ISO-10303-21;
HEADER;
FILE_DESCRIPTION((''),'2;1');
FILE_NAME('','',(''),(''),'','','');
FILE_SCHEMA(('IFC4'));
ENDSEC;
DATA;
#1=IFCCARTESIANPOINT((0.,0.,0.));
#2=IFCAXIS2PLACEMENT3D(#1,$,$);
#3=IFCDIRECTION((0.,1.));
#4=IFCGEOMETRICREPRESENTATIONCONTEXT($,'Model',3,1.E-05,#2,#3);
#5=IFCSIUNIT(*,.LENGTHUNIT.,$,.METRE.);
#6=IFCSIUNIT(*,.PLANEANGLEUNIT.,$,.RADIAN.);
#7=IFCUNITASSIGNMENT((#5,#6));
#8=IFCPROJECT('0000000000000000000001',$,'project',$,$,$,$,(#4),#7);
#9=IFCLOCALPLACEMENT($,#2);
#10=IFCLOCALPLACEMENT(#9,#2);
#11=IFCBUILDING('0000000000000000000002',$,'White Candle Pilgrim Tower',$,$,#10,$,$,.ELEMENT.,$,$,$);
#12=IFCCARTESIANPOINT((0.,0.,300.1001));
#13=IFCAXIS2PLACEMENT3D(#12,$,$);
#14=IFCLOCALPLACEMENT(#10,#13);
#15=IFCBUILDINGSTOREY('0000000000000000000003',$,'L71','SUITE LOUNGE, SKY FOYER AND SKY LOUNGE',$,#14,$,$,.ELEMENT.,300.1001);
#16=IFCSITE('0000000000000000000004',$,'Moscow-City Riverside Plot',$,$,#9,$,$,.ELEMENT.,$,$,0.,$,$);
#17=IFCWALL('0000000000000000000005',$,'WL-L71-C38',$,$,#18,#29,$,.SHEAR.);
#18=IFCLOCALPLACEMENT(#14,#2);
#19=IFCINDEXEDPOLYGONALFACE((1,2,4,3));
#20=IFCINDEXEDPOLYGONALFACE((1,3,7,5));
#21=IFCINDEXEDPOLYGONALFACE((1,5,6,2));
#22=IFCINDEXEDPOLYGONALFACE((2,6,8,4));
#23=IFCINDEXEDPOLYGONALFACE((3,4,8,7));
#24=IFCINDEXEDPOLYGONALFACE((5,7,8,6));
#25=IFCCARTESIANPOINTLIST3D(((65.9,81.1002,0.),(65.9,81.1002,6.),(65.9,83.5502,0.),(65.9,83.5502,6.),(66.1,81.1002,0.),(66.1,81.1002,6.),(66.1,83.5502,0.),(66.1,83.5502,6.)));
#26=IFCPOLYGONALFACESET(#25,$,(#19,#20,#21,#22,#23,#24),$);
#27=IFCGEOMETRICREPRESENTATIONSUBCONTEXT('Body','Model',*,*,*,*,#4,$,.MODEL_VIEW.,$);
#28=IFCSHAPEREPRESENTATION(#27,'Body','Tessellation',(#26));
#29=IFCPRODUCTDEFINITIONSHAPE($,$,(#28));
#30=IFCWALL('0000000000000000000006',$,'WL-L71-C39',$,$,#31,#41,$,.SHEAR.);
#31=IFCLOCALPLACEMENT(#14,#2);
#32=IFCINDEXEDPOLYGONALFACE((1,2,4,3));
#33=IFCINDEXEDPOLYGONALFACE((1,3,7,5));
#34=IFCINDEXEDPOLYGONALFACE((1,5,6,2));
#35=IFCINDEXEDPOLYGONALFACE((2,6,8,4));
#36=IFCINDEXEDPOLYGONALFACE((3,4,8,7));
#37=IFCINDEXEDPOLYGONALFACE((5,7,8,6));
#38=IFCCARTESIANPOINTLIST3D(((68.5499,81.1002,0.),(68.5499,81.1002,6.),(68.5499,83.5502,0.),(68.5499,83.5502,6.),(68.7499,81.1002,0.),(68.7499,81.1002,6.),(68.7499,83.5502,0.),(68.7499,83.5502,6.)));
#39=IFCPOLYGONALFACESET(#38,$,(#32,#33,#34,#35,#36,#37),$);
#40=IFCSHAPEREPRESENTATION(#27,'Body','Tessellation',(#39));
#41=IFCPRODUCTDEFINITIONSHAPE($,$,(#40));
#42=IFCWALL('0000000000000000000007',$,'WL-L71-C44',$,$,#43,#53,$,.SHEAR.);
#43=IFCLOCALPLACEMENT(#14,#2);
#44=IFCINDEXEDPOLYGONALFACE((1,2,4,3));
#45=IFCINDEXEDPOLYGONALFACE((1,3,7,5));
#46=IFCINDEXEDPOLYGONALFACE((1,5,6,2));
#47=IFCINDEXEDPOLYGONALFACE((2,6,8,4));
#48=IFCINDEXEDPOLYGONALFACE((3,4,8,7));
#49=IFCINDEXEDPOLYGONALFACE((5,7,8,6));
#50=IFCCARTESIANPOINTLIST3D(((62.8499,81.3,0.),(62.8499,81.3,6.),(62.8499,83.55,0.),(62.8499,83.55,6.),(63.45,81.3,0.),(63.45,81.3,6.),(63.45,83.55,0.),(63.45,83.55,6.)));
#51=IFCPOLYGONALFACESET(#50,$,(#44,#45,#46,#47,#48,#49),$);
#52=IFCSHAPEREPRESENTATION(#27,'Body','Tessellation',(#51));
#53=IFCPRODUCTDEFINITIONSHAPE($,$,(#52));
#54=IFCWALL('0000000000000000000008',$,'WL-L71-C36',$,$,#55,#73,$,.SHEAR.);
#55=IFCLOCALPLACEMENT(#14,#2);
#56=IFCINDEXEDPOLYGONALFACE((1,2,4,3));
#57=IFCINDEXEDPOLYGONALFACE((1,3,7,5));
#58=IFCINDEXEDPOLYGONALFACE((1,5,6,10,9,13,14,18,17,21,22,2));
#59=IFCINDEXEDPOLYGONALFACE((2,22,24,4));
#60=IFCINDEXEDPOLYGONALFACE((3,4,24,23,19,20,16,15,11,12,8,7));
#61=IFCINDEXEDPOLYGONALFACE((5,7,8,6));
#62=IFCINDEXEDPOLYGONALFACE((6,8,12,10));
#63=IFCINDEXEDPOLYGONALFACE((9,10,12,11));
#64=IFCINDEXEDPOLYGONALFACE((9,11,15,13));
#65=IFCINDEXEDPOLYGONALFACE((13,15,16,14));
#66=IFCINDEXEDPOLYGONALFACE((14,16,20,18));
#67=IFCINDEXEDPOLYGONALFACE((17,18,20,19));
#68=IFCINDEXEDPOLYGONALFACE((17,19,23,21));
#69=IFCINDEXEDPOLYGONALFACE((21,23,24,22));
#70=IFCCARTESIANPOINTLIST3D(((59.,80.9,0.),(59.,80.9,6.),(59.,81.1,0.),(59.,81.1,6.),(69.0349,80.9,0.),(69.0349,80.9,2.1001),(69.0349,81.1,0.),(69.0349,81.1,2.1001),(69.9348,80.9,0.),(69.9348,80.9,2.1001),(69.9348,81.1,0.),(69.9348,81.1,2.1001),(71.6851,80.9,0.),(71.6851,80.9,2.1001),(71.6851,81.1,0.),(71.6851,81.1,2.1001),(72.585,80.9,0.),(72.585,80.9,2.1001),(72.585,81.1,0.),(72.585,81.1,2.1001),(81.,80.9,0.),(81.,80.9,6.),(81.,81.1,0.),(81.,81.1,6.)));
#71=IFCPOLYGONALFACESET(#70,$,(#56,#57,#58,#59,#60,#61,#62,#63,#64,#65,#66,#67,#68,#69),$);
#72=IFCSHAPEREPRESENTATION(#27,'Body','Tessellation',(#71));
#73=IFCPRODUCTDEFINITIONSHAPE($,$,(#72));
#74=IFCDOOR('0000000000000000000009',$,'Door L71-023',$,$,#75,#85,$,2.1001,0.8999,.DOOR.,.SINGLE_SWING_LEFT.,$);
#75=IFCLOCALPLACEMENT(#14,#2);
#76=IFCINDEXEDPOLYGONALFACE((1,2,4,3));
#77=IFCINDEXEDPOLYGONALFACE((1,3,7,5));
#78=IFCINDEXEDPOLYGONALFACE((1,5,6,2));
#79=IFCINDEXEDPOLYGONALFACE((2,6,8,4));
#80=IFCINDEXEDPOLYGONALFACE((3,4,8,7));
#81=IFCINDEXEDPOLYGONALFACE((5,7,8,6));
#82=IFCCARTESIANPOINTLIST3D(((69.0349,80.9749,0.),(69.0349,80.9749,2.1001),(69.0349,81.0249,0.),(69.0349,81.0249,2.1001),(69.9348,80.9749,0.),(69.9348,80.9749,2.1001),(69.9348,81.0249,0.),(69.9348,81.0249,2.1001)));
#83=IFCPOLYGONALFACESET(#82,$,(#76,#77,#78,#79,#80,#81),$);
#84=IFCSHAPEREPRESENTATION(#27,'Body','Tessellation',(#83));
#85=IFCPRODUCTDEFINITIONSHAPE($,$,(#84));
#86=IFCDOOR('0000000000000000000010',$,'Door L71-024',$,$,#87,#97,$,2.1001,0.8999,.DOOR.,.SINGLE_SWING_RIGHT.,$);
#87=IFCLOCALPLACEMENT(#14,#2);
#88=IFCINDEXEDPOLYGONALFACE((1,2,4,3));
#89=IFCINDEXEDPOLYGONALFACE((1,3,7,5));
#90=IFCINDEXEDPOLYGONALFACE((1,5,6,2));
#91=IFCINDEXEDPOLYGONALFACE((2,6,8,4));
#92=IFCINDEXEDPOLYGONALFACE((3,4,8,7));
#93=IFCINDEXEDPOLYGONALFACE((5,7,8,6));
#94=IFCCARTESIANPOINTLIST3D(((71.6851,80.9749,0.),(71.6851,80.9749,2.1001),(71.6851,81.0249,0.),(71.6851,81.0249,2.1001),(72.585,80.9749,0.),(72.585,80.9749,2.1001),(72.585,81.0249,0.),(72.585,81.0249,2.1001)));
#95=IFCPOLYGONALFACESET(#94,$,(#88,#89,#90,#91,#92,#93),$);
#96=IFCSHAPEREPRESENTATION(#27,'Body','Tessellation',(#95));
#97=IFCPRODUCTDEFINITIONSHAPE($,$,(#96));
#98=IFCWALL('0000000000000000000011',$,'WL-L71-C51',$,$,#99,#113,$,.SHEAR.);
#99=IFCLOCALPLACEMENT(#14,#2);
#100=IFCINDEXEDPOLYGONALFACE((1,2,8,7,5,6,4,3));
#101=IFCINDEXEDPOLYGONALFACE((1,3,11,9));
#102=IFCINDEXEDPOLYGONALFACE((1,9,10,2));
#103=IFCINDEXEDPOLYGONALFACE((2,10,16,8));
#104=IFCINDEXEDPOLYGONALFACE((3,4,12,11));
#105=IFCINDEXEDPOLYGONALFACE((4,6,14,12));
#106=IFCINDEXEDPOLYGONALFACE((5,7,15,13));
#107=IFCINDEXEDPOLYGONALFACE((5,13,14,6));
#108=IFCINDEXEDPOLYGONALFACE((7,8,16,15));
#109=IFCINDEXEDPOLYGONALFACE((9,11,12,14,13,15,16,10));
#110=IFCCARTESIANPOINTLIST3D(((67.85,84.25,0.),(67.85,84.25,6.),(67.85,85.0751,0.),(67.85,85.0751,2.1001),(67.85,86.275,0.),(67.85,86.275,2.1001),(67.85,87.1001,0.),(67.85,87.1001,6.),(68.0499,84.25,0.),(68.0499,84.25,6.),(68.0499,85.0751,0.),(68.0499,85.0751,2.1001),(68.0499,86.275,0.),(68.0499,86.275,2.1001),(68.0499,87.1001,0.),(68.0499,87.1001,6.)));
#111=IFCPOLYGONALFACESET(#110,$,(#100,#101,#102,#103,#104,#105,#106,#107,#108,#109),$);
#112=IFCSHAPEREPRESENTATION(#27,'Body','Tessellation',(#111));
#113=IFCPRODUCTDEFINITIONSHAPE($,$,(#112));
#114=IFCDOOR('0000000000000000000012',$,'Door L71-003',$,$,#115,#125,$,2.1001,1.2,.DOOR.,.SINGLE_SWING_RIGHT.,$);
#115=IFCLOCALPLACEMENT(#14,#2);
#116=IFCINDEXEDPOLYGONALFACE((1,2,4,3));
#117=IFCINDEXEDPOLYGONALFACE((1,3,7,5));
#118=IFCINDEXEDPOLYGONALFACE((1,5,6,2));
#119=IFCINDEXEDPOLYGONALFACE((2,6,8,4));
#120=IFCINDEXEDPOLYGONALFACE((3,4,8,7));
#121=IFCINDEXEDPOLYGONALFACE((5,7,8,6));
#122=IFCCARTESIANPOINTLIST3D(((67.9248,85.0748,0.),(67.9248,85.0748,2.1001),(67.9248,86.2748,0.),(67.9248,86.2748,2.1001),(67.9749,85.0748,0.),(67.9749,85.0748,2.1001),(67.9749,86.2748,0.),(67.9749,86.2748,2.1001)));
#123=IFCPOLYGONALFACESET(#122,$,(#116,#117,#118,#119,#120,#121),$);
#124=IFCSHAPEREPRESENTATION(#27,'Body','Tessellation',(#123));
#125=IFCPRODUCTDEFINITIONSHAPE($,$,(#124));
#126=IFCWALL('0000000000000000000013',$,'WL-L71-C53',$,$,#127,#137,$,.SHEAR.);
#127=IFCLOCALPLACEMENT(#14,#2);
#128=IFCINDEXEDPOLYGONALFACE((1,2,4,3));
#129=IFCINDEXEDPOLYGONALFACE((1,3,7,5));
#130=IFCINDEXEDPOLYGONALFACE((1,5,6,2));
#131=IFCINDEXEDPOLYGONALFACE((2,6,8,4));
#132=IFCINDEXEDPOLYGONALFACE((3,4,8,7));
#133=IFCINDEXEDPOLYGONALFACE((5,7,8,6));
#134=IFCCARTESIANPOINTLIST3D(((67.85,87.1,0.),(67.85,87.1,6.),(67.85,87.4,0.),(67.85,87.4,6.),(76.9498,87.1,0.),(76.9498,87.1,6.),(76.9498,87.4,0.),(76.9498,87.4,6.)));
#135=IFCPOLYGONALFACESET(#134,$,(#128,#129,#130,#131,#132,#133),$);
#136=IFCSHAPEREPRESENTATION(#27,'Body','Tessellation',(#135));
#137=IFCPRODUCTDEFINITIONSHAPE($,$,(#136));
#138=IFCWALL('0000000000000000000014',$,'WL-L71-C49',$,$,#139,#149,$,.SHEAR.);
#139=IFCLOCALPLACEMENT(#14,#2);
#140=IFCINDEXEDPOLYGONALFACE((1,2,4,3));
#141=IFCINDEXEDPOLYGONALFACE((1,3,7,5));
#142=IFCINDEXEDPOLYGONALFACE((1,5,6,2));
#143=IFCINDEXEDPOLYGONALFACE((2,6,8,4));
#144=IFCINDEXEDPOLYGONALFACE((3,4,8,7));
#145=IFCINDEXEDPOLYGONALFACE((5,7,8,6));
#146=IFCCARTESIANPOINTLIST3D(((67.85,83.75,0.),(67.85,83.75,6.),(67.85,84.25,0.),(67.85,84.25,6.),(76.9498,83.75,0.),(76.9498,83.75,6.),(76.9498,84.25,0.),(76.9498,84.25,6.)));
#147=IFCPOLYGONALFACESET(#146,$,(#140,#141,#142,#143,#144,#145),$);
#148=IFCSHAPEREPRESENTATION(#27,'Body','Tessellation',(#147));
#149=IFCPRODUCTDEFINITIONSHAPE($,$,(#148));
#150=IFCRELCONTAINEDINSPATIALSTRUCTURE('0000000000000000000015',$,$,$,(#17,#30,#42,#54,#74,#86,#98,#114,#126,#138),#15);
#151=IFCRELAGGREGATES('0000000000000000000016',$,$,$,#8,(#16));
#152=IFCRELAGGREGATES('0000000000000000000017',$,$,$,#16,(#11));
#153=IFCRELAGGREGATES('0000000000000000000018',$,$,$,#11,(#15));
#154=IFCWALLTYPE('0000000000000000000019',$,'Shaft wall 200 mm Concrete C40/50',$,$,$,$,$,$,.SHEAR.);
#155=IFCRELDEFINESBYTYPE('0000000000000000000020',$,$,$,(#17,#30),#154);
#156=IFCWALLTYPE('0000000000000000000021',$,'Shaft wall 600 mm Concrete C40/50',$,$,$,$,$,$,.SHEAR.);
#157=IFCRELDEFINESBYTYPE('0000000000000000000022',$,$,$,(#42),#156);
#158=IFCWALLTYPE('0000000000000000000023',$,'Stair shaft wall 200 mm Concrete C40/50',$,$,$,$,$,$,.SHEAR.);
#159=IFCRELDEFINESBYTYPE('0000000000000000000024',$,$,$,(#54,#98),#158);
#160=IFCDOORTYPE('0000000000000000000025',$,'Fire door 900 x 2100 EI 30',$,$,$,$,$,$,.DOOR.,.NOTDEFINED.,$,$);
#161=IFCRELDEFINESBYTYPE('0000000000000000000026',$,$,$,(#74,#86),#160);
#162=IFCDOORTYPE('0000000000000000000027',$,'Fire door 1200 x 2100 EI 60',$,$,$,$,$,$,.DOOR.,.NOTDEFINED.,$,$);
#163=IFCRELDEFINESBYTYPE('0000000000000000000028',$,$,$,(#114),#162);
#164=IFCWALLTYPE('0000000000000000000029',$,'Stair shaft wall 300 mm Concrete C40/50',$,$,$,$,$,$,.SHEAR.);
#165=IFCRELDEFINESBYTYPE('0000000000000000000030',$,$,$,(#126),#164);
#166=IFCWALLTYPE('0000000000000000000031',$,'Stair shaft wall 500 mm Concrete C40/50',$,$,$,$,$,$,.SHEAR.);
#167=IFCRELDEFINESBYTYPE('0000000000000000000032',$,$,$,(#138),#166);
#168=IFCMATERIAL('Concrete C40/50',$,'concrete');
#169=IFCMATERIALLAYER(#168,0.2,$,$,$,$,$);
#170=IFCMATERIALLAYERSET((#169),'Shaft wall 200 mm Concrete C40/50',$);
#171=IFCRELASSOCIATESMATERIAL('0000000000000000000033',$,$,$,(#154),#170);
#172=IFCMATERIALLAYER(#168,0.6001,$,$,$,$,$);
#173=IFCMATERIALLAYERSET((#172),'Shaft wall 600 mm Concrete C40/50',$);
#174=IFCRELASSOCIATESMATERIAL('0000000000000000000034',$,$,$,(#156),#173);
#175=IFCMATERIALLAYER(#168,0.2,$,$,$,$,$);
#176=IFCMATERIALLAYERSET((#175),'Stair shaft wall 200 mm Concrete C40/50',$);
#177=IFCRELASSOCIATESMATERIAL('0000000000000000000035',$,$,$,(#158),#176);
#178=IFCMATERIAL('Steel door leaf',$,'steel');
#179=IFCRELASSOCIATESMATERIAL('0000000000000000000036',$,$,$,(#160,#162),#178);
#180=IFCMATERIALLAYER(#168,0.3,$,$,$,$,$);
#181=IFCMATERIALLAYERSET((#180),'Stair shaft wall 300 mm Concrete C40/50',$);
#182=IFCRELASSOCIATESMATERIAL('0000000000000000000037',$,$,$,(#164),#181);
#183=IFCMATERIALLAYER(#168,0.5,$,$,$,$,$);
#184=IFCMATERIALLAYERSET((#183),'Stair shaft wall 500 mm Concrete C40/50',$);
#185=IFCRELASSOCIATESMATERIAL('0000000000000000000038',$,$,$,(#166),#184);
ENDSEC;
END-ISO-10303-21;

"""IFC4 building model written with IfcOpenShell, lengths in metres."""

from ifc_helpers import new_model, si_unit, direction, frame, frame_2d, origin, place, context, subcontext, project, spatial, rectangle, extrude, material, layer, layer_set, type_object, element, fill, save


model = new_model("IFC4")

# Units and contexts
model_context = context("Model", 3, precision=1e-05, world=origin(), true_north=direction((0.0, 1.0)))
body_context = subcontext(model_context, "Body", "Model", "MODEL_VIEW")
ifc_project = project(units=[si_unit("LENGTHUNIT", "METRE"), si_unit("PLANEANGLEUNIT", "RADIAN")], contexts=[model_context])

# Site, building, storey
site_placement = place(None, origin())
site = spatial("IfcSite", under=ifc_project, at=site_placement, Name="Moscow-City Riverside Plot", CompositionType="ELEMENT", RefElevation=0.0)
building_placement = place(site_placement, origin())
building = spatial("IfcBuilding", under=site, at=building_placement, Name="White Candle Pilgrim Tower", CompositionType="ELEMENT")
storey_placement = place(building_placement, frame((0.0, 0.0, 300.1001)))
storey = spatial("IfcBuildingStorey", under=building, at=storey_placement, Name="L71", Description="SUITE LOUNGE, SKY FOYER AND SKY LOUNGE", CompositionType="ELEMENT", Elevation=300.1001)

# Shared definitions
ifc_material_1 = material(Name="Concrete C40/50", Category="concrete")

# Shared definitions
ifc_material_2 = material(Name="Steel door leaf", Category="steel")

# Walls
ifc_layer_1 = layer(ifc_material_1, 0.2)
ifc_layer_set_1 = layer_set([ifc_layer_1], Name="Shaft wall 200 mm Concrete C40/50")
wall_type_1 = type_object("IfcWallType", Name="Shaft wall 200 mm Concrete C40/50", PredefinedType="SHEAR", material=ifc_layer_set_1)
for number, where, z_axis, x_axis, name in (
    (1, (66.0, 81.1001, 0.0), (0.0, 0.0, 1.0), (0.0, 1.0, 0.0), "WL-L71-C38"),
    (2, (68.6499, 81.1001, 0.0), (0.0, 0.0, 1.0), (0.0, 1.0, 0.0), "WL-L71-C39"),
):
    element("IfcWall", number, at=place(storey_placement, frame(where, z_axis=z_axis, x_axis=x_axis)), inside=storey, type_object=wall_type_1, Name=name, PredefinedType="SHEAR", context=body_context, shape_type="SweptSolid", body=[
        extrude(rectangle(XDim=2.45, YDim=0.2, at=frame_2d((1.2251, 0.0))), origin(), (0.0, 0.0, 1.0), 6.0),
    ])
ifc_layer_2 = layer(ifc_material_1, 0.6001)
ifc_layer_set_2 = layer_set([ifc_layer_2], Name="Shaft wall 600 mm Concrete C40/50")
wall_type_2 = type_object("IfcWallType", Name="Shaft wall 600 mm Concrete C40/50", PredefinedType="SHEAR", material=ifc_layer_set_2)
wall_1_placement = place(storey_placement, frame((63.1499, 81.3, 0.0), z_axis=(0.0, 0.0, 1.0), x_axis=(0.0, 1.0, 0.0)))
element("IfcWall", 3, at=wall_1_placement, inside=storey, type_object=wall_type_2, Name="WL-L71-C44", PredefinedType="SHEAR", context=body_context, shape_type="SweptSolid", body=[
    extrude(rectangle(XDim=2.25, YDim=0.6001, at=frame_2d((1.125, 0.0))), origin(), (0.0, 0.0, 1.0), 6.0),
])

# Wall, openings, doors
ifc_layer_3 = layer(ifc_material_1, 0.2)
ifc_layer_set_3 = layer_set([ifc_layer_3], Name="Stair shaft wall 200 mm Concrete C40/50")
wall_type_3 = type_object("IfcWallType", Name="Stair shaft wall 200 mm Concrete C40/50", PredefinedType="SHEAR", material=ifc_layer_set_3)
wall_2_placement = place(storey_placement, frame((59.0, 81.0, 0.0), z_axis=(0.0, 0.0, 1.0), x_axis=(1.0, 0.0, 0.0)))
wall_2 = element("IfcWall", 4, at=wall_2_placement, inside=storey, type_object=wall_type_3, Name="WL-L71-C36", PredefinedType="SHEAR", context=body_context, shape_type="SweptSolid", body=[
    extrude(rectangle(XDim=22.0, YDim=0.2, at=frame_2d((11.0, 0.0))), origin(), (0.0, 0.0, 1.0), 6.0),
])
opening_1_placement = place(wall_2_placement, frame((10.0349, 0.0, 0.0)))
opening_1 = element("IfcOpeningElement", 5, at=opening_1_placement, cuts=wall_2, PredefinedType="OPENING", context=body_context, shape_type="SweptSolid", body=[
    extrude(rectangle(XDim=0.8999, YDim=2.1001, at=frame_2d((0.45, 1.05))), frame((0.0, 0.1099, 0.0), z_axis=(0.0, -1.0, 0.0), x_axis=(1.0, 0.0, 0.0)), (0.0, 0.0, 1.0), 0.22),
])
opening_2_placement = place(wall_2_placement, frame((12.6851, 0.0, 0.0)))
opening_2 = element("IfcOpeningElement", 6, at=opening_2_placement, cuts=wall_2, PredefinedType="OPENING", context=body_context, shape_type="SweptSolid", body=[
    extrude(rectangle(XDim=0.8999, YDim=2.1001, at=frame_2d((0.45, 1.05))), frame((0.0, 0.1099, 0.0), z_axis=(0.0, -1.0, 0.0), x_axis=(1.0, 0.0, 0.0)), (0.0, 0.0, 1.0), 0.22),
])
door_type_1 = type_object("IfcDoorType", Name="Fire door 900 x 2100 EI 30", OperationType="NOTDEFINED", PredefinedType="DOOR", material=ifc_material_2)
door_1_placement = place(opening_1_placement, origin())
door_1 = element("IfcDoor", 7, at=door_1_placement, inside=storey, type_object=door_type_1, Name="Door L71-023", OperationType="SINGLE_SWING_LEFT", OverallHeight=2.1001, OverallWidth=0.8999, PredefinedType="DOOR", context=body_context, shape_type="SweptSolid", body=[
    extrude(rectangle(XDim=0.8999, YDim=2.1001, at=frame_2d((0.45, 1.05))), frame((0.0, 0.0249, 0.0), z_axis=(0.0, -1.0, 0.0), x_axis=(1.0, 0.0, 0.0)), (0.0, 0.0, 1.0), 0.05),
])
fill(opening_1, door_1)
door_2_placement = place(opening_2_placement, origin())
door_2 = element("IfcDoor", 8, at=door_2_placement, inside=storey, type_object=door_type_1, Name="Door L71-024", OperationType="SINGLE_SWING_RIGHT", OverallHeight=2.1001, OverallWidth=0.8999, PredefinedType="DOOR", context=body_context, shape_type="SweptSolid", body=[
    extrude(rectangle(XDim=0.8999, YDim=2.1001, at=frame_2d((0.45, 1.05))), frame((0.0, 0.0249, 0.0), z_axis=(0.0, -1.0, 0.0), x_axis=(1.0, 0.0, 0.0)), (0.0, 0.0, 1.0), 0.05),
])
fill(opening_2, door_2)

# Wall, opening, door
wall_3_placement = place(storey_placement, frame((67.95, 84.25, 0.0), z_axis=(0.0, 0.0, 1.0), x_axis=(0.0, 1.0, 0.0)))
wall_3 = element("IfcWall", 9, at=wall_3_placement, inside=storey, type_object=wall_type_3, Name="WL-L71-C51", PredefinedType="SHEAR", context=body_context, shape_type="SweptSolid", body=[
    extrude(rectangle(XDim=2.8501, YDim=0.2, at=frame_2d((1.425, 0.0))), origin(), (0.0, 0.0, 1.0), 6.0),
])
opening_3_placement = place(wall_3_placement, frame((0.825, 0.0, 0.0)))
opening_3 = element("IfcOpeningElement", 10, at=opening_3_placement, cuts=wall_3, PredefinedType="OPENING", context=body_context, shape_type="SweptSolid", body=[
    extrude(rectangle(XDim=1.2, YDim=2.1001, at=frame_2d((0.6001, 1.05))), frame((0.0, 0.1099, 0.0), z_axis=(0.0, -1.0, 0.0), x_axis=(1.0, 0.0, 0.0)), (0.0, 0.0, 1.0), 0.22),
])
door_type_2 = type_object("IfcDoorType", Name="Fire door 1200 x 2100 EI 60", OperationType="NOTDEFINED", PredefinedType="DOOR", material=ifc_material_2)
door_3_placement = place(opening_3_placement, frame((1.2, 0.0, 0.0), z_axis=(0.0, 0.0, 1.0), x_axis=(-1.0, 0.0, 0.0)))
door_3 = element("IfcDoor", 11, at=door_3_placement, inside=storey, type_object=door_type_2, Name="Door L71-003", OperationType="SINGLE_SWING_RIGHT", OverallHeight=2.1001, OverallWidth=1.2, PredefinedType="DOOR", context=body_context, shape_type="SweptSolid", body=[
    extrude(rectangle(XDim=1.2, YDim=2.1001, at=frame_2d((0.6001, 1.05))), frame((0.0, 0.0249, 0.0), z_axis=(0.0, -1.0, 0.0), x_axis=(1.0, 0.0, 0.0)), (0.0, 0.0, 1.0), 0.05),
])
fill(opening_3, door_3)

# Walls
ifc_layer_4 = layer(ifc_material_1, 0.3)
ifc_layer_set_4 = layer_set([ifc_layer_4], Name="Stair shaft wall 300 mm Concrete C40/50")
wall_type_4 = type_object("IfcWallType", Name="Stair shaft wall 300 mm Concrete C40/50", PredefinedType="SHEAR", material=ifc_layer_set_4)
wall_4_placement = place(storey_placement, frame((67.8501, 87.25, 0.0), z_axis=(0.0, 0.0, 1.0), x_axis=(1.0, 0.0, 0.0)))
element("IfcWall", 12, at=wall_4_placement, inside=storey, type_object=wall_type_4, Name="WL-L71-C53", PredefinedType="SHEAR", context=body_context, shape_type="SweptSolid", body=[
    extrude(rectangle(XDim=9.0999, YDim=0.3, at=frame_2d((4.5498, 0.0))), origin(), (0.0, 0.0, 1.0), 6.0),
])
ifc_layer_5 = layer(ifc_material_1, 0.5)
ifc_layer_set_5 = layer_set([ifc_layer_5], Name="Stair shaft wall 500 mm Concrete C40/50")
wall_type_5 = type_object("IfcWallType", Name="Stair shaft wall 500 mm Concrete C40/50", PredefinedType="SHEAR", material=ifc_layer_set_5)
wall_5_placement = place(storey_placement, frame((67.8501, 84.0, 0.0), z_axis=(0.0, 0.0, 1.0), x_axis=(1.0, 0.0, 0.0)))
element("IfcWall", 13, at=wall_5_placement, inside=storey, type_object=wall_type_5, Name="WL-L71-C49", PredefinedType="SHEAR", context=body_context, shape_type="SweptSolid", body=[
    extrude(rectangle(XDim=9.0999, YDim=0.5, at=frame_2d((4.5498, 0.0))), origin(), (0.0, 0.0, 1.0), 6.0),
])

save(model, "model.ifc")
